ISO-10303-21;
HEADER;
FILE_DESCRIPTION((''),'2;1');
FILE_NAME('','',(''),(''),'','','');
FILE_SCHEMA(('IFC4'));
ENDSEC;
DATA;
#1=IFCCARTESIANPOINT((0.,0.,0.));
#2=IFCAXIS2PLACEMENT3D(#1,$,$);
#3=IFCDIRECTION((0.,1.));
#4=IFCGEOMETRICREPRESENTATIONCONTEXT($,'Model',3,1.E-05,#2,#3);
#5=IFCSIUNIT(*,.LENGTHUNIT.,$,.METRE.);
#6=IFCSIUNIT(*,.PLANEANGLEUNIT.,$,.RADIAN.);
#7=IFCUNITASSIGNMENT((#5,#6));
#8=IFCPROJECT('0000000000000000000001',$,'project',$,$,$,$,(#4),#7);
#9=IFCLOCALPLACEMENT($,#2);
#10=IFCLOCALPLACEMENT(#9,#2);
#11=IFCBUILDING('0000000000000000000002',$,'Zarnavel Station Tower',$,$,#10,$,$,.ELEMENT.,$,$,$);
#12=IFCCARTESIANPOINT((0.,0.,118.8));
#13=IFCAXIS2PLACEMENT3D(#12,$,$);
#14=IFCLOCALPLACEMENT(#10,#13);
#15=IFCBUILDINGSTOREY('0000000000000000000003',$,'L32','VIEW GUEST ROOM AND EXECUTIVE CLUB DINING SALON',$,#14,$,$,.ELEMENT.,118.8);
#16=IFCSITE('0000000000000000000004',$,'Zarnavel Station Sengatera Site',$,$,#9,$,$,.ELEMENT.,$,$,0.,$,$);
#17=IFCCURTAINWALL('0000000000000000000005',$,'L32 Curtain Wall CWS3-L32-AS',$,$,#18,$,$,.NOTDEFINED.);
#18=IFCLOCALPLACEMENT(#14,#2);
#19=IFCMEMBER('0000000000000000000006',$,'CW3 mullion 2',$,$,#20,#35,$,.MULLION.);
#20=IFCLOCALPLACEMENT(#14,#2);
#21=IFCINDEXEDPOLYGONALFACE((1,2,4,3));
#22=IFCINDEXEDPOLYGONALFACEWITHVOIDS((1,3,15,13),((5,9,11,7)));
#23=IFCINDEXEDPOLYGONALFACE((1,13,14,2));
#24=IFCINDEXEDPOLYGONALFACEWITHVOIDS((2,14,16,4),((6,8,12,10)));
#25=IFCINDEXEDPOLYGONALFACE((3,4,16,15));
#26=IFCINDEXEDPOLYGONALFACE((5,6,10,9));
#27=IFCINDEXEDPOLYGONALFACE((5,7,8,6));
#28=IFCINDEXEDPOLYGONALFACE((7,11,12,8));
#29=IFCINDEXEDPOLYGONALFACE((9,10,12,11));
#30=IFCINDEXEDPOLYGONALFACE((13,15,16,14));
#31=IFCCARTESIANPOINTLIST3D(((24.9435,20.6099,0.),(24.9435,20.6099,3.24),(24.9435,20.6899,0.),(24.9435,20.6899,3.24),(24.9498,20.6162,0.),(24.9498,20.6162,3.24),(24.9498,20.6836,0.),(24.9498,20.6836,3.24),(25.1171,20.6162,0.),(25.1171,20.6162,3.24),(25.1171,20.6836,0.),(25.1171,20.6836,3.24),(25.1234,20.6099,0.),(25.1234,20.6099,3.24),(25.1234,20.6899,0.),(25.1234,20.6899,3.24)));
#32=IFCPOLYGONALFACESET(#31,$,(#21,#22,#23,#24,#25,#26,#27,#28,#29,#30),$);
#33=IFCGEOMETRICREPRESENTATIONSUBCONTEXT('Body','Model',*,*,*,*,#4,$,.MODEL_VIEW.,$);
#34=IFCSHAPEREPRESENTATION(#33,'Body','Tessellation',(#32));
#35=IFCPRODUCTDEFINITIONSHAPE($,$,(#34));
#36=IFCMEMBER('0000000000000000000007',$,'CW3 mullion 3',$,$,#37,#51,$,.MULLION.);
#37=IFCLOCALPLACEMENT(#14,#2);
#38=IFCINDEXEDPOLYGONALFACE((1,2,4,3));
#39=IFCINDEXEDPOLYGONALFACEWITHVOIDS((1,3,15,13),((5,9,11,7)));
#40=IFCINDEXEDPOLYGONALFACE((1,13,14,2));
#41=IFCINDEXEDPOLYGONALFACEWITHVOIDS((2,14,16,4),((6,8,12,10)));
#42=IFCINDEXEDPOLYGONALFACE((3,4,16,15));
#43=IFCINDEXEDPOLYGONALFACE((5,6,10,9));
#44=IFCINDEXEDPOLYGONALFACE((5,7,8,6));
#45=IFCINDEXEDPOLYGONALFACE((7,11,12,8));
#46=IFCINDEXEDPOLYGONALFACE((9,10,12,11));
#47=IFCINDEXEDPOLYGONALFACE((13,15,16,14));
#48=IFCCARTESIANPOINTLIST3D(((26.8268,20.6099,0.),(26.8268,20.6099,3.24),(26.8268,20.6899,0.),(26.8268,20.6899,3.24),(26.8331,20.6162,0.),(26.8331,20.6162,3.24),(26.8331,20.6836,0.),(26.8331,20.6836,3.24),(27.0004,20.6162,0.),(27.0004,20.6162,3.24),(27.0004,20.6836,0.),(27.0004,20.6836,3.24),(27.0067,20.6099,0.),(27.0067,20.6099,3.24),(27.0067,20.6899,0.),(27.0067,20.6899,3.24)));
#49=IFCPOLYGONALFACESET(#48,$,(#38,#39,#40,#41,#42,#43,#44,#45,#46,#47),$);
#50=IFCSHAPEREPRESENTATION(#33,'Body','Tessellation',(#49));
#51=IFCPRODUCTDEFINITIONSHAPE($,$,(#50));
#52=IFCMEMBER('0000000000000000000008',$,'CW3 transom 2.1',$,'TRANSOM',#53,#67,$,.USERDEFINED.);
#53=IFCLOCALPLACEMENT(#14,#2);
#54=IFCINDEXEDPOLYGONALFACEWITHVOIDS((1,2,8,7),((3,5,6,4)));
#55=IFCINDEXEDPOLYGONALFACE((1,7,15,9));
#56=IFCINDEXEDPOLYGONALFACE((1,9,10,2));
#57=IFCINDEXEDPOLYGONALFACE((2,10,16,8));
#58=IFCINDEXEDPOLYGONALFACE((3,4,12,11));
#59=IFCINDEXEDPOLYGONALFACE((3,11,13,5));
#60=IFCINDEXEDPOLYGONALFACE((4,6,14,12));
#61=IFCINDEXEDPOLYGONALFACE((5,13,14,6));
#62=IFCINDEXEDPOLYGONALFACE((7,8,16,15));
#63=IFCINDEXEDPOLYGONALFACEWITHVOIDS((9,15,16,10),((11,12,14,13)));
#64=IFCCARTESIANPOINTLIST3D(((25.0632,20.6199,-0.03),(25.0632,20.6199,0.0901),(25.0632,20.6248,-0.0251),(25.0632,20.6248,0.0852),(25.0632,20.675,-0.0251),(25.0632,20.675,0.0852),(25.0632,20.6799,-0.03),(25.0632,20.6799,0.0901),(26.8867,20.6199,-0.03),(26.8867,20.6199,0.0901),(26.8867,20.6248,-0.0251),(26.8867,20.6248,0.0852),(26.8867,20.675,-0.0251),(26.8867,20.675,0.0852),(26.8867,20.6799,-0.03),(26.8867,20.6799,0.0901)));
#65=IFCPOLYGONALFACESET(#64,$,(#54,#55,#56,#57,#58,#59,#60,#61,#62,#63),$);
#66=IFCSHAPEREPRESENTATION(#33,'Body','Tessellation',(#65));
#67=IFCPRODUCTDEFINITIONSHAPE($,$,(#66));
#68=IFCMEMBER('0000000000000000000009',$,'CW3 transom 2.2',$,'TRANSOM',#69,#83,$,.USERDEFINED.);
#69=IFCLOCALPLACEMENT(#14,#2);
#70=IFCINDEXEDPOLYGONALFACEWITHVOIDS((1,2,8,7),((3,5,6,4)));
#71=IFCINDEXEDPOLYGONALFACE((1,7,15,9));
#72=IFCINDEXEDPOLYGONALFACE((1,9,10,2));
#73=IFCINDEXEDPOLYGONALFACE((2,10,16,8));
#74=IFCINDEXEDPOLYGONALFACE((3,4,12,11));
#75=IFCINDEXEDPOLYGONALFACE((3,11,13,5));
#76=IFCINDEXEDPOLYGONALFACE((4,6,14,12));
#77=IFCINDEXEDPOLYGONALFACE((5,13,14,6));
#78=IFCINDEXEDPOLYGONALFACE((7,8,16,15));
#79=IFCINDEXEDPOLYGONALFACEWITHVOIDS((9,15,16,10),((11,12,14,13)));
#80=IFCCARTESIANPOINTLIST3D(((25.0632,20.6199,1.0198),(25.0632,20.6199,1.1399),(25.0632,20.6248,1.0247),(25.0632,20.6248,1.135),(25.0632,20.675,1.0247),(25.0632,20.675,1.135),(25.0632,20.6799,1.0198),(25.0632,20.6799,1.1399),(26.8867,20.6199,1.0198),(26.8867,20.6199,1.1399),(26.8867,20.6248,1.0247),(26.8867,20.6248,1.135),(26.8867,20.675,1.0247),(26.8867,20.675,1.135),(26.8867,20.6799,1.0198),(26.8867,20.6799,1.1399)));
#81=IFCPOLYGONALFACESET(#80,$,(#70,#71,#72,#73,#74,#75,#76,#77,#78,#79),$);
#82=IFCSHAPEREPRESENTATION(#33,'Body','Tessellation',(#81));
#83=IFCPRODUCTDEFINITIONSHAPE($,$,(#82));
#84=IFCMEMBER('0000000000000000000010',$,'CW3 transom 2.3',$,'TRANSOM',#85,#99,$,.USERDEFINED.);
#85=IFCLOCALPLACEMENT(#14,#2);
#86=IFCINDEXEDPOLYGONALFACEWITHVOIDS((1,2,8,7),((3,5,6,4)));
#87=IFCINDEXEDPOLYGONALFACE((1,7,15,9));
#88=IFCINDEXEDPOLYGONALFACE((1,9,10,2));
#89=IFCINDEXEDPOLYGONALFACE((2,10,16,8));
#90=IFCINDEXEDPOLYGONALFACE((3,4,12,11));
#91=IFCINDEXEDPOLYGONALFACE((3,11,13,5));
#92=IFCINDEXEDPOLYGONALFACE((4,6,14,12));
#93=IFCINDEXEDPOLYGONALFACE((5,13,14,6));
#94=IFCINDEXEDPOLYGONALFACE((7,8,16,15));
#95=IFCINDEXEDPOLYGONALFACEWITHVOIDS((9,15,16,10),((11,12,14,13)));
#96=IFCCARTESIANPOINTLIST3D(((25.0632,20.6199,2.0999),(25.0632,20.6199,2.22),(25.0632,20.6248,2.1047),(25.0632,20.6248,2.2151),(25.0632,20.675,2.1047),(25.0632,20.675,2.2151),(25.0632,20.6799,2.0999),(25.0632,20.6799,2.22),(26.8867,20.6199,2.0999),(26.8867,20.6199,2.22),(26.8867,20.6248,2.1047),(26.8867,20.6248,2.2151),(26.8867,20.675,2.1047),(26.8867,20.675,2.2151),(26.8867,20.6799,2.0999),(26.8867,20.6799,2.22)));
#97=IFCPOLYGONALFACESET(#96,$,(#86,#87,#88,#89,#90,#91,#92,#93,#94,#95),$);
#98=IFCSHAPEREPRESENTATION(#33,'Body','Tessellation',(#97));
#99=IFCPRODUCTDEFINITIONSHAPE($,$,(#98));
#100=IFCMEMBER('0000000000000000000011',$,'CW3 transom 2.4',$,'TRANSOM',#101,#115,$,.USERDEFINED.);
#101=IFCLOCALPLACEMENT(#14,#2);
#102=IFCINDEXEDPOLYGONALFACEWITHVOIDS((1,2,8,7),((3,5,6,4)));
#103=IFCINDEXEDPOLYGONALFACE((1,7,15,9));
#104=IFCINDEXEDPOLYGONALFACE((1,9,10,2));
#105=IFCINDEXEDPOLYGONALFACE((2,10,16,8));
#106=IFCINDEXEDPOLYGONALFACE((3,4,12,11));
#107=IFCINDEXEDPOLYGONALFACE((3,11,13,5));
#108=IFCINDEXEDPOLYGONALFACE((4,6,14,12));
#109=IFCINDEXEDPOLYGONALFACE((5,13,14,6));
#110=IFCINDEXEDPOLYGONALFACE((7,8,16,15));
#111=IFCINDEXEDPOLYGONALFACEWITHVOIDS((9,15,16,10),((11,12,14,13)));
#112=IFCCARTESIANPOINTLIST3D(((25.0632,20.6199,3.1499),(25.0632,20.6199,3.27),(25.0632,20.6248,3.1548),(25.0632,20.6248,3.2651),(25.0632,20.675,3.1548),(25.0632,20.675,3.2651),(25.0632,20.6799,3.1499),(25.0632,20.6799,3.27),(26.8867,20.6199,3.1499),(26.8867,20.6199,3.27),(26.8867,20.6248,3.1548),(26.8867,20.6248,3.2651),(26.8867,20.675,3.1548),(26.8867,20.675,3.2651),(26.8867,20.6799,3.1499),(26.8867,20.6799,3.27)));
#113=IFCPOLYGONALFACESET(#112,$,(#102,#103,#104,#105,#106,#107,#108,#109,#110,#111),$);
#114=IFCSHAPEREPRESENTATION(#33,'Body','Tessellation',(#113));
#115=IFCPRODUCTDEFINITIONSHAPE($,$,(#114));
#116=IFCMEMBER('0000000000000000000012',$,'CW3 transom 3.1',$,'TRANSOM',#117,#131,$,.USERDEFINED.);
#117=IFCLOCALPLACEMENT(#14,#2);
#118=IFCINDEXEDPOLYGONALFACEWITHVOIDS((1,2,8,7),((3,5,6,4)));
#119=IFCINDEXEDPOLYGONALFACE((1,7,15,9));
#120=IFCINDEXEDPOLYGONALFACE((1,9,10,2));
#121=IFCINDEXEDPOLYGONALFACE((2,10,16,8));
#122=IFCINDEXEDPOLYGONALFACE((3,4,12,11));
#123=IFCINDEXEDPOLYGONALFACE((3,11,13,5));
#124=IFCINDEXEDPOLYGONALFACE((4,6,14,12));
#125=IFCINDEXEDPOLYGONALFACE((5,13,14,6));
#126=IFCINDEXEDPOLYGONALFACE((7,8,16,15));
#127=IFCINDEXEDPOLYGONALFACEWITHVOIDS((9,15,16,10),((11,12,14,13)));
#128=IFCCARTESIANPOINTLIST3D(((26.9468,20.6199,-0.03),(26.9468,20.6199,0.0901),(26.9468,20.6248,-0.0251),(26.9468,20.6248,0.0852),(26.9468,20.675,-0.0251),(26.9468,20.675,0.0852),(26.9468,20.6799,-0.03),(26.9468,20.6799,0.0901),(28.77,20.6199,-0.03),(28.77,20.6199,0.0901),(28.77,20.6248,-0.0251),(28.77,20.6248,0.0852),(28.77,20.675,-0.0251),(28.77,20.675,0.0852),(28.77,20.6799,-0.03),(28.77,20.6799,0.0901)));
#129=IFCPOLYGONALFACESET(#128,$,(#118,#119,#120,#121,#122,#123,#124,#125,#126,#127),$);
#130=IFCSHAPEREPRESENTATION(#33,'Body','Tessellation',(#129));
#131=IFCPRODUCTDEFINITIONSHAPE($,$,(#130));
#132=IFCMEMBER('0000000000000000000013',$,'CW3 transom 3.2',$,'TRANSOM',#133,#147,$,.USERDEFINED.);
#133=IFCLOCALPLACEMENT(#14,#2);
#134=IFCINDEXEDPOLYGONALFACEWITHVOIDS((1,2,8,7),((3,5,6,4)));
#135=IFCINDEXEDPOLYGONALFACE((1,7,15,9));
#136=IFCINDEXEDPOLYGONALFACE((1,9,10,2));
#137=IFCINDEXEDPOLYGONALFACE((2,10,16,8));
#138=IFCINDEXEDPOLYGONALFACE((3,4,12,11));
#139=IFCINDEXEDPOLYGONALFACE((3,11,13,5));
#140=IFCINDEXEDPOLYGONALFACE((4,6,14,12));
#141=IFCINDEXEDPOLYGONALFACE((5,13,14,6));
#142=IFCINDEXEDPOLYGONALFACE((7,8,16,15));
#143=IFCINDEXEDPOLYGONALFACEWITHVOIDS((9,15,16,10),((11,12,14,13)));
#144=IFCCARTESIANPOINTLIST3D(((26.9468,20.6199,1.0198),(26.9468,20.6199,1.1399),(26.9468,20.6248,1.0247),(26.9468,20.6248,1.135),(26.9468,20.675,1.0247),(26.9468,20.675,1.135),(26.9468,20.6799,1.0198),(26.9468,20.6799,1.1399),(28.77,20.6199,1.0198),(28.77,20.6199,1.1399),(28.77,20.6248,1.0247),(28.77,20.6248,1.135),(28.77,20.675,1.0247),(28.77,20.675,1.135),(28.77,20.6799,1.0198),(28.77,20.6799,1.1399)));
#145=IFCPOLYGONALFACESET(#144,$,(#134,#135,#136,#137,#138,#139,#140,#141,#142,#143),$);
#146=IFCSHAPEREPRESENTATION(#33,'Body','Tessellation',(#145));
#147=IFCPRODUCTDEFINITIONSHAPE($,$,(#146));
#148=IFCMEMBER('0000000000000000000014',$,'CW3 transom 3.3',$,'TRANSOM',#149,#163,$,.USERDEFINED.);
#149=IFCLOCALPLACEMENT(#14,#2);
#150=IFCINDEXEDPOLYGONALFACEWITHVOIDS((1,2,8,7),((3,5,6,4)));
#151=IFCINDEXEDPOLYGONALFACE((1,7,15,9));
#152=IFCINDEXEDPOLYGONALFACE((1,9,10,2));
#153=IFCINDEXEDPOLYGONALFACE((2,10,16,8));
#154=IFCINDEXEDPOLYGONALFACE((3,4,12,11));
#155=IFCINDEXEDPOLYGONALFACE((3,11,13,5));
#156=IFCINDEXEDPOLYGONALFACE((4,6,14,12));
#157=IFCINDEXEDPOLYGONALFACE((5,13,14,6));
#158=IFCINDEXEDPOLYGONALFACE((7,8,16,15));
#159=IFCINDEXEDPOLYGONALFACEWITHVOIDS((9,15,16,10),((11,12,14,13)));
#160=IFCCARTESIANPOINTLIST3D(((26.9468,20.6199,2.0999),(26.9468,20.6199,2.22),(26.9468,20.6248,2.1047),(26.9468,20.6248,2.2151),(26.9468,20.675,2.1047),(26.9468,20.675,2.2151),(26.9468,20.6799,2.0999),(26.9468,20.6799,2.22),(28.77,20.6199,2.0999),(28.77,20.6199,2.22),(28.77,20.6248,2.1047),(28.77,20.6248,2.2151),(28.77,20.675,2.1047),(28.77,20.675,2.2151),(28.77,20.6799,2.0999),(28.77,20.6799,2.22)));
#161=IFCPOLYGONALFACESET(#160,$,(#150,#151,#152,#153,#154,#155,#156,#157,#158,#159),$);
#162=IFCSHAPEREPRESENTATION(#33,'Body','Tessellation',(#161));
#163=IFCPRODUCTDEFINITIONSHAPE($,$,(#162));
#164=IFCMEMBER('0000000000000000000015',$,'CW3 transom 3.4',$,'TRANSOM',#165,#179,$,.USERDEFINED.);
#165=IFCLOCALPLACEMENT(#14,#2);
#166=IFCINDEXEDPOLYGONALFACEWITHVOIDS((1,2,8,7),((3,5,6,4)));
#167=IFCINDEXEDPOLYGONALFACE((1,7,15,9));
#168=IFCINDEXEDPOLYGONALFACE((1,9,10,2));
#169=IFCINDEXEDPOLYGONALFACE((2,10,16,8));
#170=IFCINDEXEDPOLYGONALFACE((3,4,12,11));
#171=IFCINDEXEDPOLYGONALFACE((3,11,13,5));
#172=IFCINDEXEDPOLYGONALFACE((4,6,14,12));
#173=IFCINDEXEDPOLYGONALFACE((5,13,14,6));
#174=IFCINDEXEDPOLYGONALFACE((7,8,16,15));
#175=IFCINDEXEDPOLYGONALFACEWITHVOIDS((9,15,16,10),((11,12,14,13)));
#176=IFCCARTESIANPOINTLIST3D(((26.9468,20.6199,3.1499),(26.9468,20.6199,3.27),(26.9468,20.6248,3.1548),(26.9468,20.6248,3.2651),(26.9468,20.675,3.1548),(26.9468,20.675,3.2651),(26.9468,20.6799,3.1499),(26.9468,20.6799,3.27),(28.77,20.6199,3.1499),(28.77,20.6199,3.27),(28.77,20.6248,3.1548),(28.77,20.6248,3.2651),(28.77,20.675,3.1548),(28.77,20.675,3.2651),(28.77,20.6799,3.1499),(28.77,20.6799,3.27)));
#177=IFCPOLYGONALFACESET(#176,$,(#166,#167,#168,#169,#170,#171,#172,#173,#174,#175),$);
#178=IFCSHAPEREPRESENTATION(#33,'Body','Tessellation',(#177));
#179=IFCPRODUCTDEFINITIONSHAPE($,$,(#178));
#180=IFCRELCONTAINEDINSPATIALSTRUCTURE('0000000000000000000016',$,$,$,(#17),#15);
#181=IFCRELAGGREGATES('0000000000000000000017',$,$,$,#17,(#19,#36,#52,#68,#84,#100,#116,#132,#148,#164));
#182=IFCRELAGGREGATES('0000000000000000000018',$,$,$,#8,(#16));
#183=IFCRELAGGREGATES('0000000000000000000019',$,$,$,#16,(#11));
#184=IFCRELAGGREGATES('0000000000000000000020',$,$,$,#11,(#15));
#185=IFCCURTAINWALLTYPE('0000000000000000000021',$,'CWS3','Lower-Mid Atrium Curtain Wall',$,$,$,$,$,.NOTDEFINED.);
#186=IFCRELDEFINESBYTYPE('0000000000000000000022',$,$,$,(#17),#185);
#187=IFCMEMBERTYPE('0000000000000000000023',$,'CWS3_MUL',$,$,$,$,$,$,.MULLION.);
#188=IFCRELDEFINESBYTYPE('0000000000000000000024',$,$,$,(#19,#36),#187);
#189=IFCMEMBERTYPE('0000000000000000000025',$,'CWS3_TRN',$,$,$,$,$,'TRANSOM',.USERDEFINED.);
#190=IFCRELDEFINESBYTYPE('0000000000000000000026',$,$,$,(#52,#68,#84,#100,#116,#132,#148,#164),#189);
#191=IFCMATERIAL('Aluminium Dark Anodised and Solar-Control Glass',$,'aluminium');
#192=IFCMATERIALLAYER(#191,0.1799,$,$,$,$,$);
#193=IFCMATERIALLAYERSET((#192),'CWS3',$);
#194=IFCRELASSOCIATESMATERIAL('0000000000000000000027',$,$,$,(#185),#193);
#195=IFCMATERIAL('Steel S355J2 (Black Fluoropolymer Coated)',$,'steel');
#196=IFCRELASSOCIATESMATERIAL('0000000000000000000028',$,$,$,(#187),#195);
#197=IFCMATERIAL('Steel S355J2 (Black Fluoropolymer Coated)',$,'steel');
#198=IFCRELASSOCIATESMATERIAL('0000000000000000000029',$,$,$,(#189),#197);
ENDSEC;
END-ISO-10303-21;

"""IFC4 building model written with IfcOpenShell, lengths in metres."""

from ifc_helpers import new_model, si_unit, direction, frame, origin, origin_2d, place, context, subcontext, project, spatial, hollow_rectangle, extrude, material, layer, layer_set, material_profile, profile_set, type_object, element, aggregate, save


model = new_model("IFC4")

# Units and contexts
model_context = context("Model", 3, precision=1e-05, world=origin(), true_north=direction((0.0, 1.0)))
body_context = subcontext(model_context, "Body", "Model", "MODEL_VIEW")
ifc_project = project(units=[si_unit("LENGTHUNIT", "METRE"), si_unit("PLANEANGLEUNIT", "RADIAN")], contexts=[model_context])

# Site, building, storey
site_placement = place(None, origin())
site = spatial("IfcSite", under=ifc_project, at=site_placement, Name="Zarnavel Station Sengatera Site", CompositionType="ELEMENT", RefElevation=0.0)
building_placement = place(site_placement, origin())
building = spatial("IfcBuilding", under=site, at=building_placement, Name="Zarnavel Station Tower", CompositionType="ELEMENT")
storey_placement = place(building_placement, frame((0.0, 0.0, 118.8)))
storey = spatial("IfcBuildingStorey", under=building, at=storey_placement, Name="L32", Description="VIEW GUEST ROOM AND EXECUTIVE CLUB DINING SALON", CompositionType="ELEMENT", Elevation=118.8)

# Curtain wall, members
ifc_material_1 = material(Name="Aluminium Dark Anodised and Solar-Control Glass", Category="aluminium")
ifc_layer_1 = layer(ifc_material_1, 0.1799)
ifc_layer_set_1 = layer_set([ifc_layer_1], Name="CWS3")
curtain_wall_type_1 = type_object("IfcCurtainWallType", Name="CWS3", Description="Lower-Mid Atrium Curtain Wall", PredefinedType="NOTDEFINED", material=ifc_layer_set_1)
curtain_wall_1_placement = place(storey_placement, origin())
curtain_wall_1 = element("IfcCurtainWall", 1, at=curtain_wall_1_placement, inside=storey, type_object=curtain_wall_type_1, Name="L32 Curtain Wall CWS3-L32-AS", PredefinedType="NOTDEFINED")
ifc_material_2 = material(Name="Steel S355J2 (Black Fluoropolymer Coated)", Category="steel")
ifc_material_profile_1 = material_profile(ifc_material_2, hollow_rectangle(XDim=0.0801, YDim=0.1799, WallThickness=0.0063, at=origin_2d()), Name="RHS180x80x6.3")
ifc_profile_set_1 = profile_set([ifc_material_profile_1], Name="Steel S355J2 (Black Fluoropolymer Coated)")
member_type_1 = type_object("IfcMemberType", Name="CWS3_MUL", PredefinedType="MULLION", material=ifc_profile_set_1)
member_1_placement = place(storey_placement, frame((25.0334, 20.6499, 0.0), z_axis=(0.0, 0.0, 1.0), x_axis=(0.0, 1.0, 0.0)))
member_1 = element("IfcMember", 2, at=member_1_placement, type_object=member_type_1, Name="CW3 mullion 2", PredefinedType="MULLION", context=body_context, shape_type="SweptSolid", body=[
    extrude(hollow_rectangle(XDim=0.0801, YDim=0.1799, WallThickness=0.0063, at=origin_2d()), origin(), (0.0, 0.0, 1.0), 3.24),
])
member_2_placement = place(storey_placement, frame((26.9167, 20.6499, 0.0), z_axis=(0.0, 0.0, 1.0), x_axis=(0.0, 1.0, 0.0)))
member_2 = element("IfcMember", 3, at=member_2_placement, type_object=member_type_1, Name="CW3 mullion 3", PredefinedType="MULLION", context=body_context, shape_type="SweptSolid", body=[
    extrude(hollow_rectangle(XDim=0.0801, YDim=0.1799, WallThickness=0.0063, at=origin_2d()), origin(), (0.0, 0.0, 1.0), 3.24),
])
ifc_material_3 = material(Name="Steel S355J2 (Black Fluoropolymer Coated)", Category="steel")
ifc_material_profile_2 = material_profile(ifc_material_3, hollow_rectangle(XDim=0.0601, YDim=0.1201, WallThickness=0.0049, at=origin_2d()), Name="RHS120x60x5")
ifc_profile_set_2 = profile_set([ifc_material_profile_2], Name="Steel S355J2 (Black Fluoropolymer Coated)")
member_type_2 = type_object("IfcMemberType", Name="CWS3_TRN", ElementType="TRANSOM", PredefinedType="USERDEFINED", material=ifc_profile_set_2)
member_3_placement = place(storey_placement, frame((25.0632, 20.6499, 0.03), z_axis=(1.0, 0.0, 0.0), x_axis=(0.0, 1.0, 0.0)))
member_3 = element("IfcMember", 4, at=member_3_placement, type_object=member_type_2, Name="CW3 transom 2.1", ObjectType="TRANSOM", PredefinedType="USERDEFINED", context=body_context, shape_type="SweptSolid", body=[
    extrude(hollow_rectangle(XDim=0.0601, YDim=0.1201, WallThickness=0.0049, at=origin_2d()), origin(), (0.0, 0.0, 1.0), 1.8235),
])
member_4_placement = place(storey_placement, frame((25.0632, 20.6499, 1.0798), z_axis=(1.0, 0.0, 0.0), x_axis=(0.0, 1.0, 0.0)))
member_4 = element("IfcMember", 5, at=member_4_placement, type_object=member_type_2, Name="CW3 transom 2.2", ObjectType="TRANSOM", PredefinedType="USERDEFINED", context=body_context, shape_type="SweptSolid", body=[
    extrude(hollow_rectangle(XDim=0.0601, YDim=0.1201, WallThickness=0.0049, at=origin_2d()), origin(), (0.0, 0.0, 1.0), 1.8235),
])
member_5_placement = place(storey_placement, frame((25.0632, 20.6499, 2.1599), z_axis=(1.0, 0.0, 0.0), x_axis=(0.0, 1.0, 0.0)))
member_5 = element("IfcMember", 6, at=member_5_placement, type_object=member_type_2, Name="CW3 transom 2.3", ObjectType="TRANSOM", PredefinedType="USERDEFINED", context=body_context, shape_type="SweptSolid", body=[
    extrude(hollow_rectangle(XDim=0.0601, YDim=0.1201, WallThickness=0.0049, at=origin_2d()), origin(), (0.0, 0.0, 1.0), 1.8235),
])
member_6_placement = place(storey_placement, frame((25.0632, 20.6499, 3.21), z_axis=(1.0, 0.0, 0.0), x_axis=(0.0, 1.0, 0.0)))
member_6 = element("IfcMember", 7, at=member_6_placement, type_object=member_type_2, Name="CW3 transom 2.4", ObjectType="TRANSOM", PredefinedType="USERDEFINED", context=body_context, shape_type="SweptSolid", body=[
    extrude(hollow_rectangle(XDim=0.0601, YDim=0.1201, WallThickness=0.0049, at=origin_2d()), origin(), (0.0, 0.0, 1.0), 1.8235),
])
member_7_placement = place(storey_placement, frame((26.9468, 20.6499, 0.03), z_axis=(1.0, 0.0, 0.0), x_axis=(0.0, 1.0, 0.0)))
member_7 = element("IfcMember", 8, at=member_7_placement, type_object=member_type_2, Name="CW3 transom 3.1", ObjectType="TRANSOM", PredefinedType="USERDEFINED", context=body_context, shape_type="SweptSolid", body=[
    extrude(hollow_rectangle(XDim=0.0601, YDim=0.1201, WallThickness=0.0049, at=origin_2d()), origin(), (0.0, 0.0, 1.0), 1.8232),
])
member_8_placement = place(storey_placement, frame((26.9468, 20.6499, 1.0798), z_axis=(1.0, 0.0, 0.0), x_axis=(0.0, 1.0, 0.0)))
member_8 = element("IfcMember", 9, at=member_8_placement, type_object=member_type_2, Name="CW3 transom 3.2", ObjectType="TRANSOM", PredefinedType="USERDEFINED", context=body_context, shape_type="SweptSolid", body=[
    extrude(hollow_rectangle(XDim=0.0601, YDim=0.1201, WallThickness=0.0049, at=origin_2d()), origin(), (0.0, 0.0, 1.0), 1.8232),
])
member_9_placement = place(storey_placement, frame((26.9468, 20.6499, 2.1599), z_axis=(1.0, 0.0, 0.0), x_axis=(0.0, 1.0, 0.0)))
member_9 = element("IfcMember", 10, at=member_9_placement, type_object=member_type_2, Name="CW3 transom 3.3", ObjectType="TRANSOM", PredefinedType="USERDEFINED", context=body_context, shape_type="SweptSolid", body=[
    extrude(hollow_rectangle(XDim=0.0601, YDim=0.1201, WallThickness=0.0049, at=origin_2d()), origin(), (0.0, 0.0, 1.0), 1.8232),
])
member_10_placement = place(storey_placement, frame((26.9468, 20.6499, 3.21), z_axis=(1.0, 0.0, 0.0), x_axis=(0.0, 1.0, 0.0)))
member_10 = element("IfcMember", 11, at=member_10_placement, type_object=member_type_2, Name="CW3 transom 3.4", ObjectType="TRANSOM", PredefinedType="USERDEFINED", context=body_context, shape_type="SweptSolid", body=[
    extrude(hollow_rectangle(XDim=0.0601, YDim=0.1201, WallThickness=0.0049, at=origin_2d()), origin(), (0.0, 0.0, 1.0), 1.8232),
])

aggregate(curtain_wall_1, [member_1, member_2, member_3, member_4, member_5, member_6, member_7, member_8, member_9, member_10])

save(model, "model.ifc")
